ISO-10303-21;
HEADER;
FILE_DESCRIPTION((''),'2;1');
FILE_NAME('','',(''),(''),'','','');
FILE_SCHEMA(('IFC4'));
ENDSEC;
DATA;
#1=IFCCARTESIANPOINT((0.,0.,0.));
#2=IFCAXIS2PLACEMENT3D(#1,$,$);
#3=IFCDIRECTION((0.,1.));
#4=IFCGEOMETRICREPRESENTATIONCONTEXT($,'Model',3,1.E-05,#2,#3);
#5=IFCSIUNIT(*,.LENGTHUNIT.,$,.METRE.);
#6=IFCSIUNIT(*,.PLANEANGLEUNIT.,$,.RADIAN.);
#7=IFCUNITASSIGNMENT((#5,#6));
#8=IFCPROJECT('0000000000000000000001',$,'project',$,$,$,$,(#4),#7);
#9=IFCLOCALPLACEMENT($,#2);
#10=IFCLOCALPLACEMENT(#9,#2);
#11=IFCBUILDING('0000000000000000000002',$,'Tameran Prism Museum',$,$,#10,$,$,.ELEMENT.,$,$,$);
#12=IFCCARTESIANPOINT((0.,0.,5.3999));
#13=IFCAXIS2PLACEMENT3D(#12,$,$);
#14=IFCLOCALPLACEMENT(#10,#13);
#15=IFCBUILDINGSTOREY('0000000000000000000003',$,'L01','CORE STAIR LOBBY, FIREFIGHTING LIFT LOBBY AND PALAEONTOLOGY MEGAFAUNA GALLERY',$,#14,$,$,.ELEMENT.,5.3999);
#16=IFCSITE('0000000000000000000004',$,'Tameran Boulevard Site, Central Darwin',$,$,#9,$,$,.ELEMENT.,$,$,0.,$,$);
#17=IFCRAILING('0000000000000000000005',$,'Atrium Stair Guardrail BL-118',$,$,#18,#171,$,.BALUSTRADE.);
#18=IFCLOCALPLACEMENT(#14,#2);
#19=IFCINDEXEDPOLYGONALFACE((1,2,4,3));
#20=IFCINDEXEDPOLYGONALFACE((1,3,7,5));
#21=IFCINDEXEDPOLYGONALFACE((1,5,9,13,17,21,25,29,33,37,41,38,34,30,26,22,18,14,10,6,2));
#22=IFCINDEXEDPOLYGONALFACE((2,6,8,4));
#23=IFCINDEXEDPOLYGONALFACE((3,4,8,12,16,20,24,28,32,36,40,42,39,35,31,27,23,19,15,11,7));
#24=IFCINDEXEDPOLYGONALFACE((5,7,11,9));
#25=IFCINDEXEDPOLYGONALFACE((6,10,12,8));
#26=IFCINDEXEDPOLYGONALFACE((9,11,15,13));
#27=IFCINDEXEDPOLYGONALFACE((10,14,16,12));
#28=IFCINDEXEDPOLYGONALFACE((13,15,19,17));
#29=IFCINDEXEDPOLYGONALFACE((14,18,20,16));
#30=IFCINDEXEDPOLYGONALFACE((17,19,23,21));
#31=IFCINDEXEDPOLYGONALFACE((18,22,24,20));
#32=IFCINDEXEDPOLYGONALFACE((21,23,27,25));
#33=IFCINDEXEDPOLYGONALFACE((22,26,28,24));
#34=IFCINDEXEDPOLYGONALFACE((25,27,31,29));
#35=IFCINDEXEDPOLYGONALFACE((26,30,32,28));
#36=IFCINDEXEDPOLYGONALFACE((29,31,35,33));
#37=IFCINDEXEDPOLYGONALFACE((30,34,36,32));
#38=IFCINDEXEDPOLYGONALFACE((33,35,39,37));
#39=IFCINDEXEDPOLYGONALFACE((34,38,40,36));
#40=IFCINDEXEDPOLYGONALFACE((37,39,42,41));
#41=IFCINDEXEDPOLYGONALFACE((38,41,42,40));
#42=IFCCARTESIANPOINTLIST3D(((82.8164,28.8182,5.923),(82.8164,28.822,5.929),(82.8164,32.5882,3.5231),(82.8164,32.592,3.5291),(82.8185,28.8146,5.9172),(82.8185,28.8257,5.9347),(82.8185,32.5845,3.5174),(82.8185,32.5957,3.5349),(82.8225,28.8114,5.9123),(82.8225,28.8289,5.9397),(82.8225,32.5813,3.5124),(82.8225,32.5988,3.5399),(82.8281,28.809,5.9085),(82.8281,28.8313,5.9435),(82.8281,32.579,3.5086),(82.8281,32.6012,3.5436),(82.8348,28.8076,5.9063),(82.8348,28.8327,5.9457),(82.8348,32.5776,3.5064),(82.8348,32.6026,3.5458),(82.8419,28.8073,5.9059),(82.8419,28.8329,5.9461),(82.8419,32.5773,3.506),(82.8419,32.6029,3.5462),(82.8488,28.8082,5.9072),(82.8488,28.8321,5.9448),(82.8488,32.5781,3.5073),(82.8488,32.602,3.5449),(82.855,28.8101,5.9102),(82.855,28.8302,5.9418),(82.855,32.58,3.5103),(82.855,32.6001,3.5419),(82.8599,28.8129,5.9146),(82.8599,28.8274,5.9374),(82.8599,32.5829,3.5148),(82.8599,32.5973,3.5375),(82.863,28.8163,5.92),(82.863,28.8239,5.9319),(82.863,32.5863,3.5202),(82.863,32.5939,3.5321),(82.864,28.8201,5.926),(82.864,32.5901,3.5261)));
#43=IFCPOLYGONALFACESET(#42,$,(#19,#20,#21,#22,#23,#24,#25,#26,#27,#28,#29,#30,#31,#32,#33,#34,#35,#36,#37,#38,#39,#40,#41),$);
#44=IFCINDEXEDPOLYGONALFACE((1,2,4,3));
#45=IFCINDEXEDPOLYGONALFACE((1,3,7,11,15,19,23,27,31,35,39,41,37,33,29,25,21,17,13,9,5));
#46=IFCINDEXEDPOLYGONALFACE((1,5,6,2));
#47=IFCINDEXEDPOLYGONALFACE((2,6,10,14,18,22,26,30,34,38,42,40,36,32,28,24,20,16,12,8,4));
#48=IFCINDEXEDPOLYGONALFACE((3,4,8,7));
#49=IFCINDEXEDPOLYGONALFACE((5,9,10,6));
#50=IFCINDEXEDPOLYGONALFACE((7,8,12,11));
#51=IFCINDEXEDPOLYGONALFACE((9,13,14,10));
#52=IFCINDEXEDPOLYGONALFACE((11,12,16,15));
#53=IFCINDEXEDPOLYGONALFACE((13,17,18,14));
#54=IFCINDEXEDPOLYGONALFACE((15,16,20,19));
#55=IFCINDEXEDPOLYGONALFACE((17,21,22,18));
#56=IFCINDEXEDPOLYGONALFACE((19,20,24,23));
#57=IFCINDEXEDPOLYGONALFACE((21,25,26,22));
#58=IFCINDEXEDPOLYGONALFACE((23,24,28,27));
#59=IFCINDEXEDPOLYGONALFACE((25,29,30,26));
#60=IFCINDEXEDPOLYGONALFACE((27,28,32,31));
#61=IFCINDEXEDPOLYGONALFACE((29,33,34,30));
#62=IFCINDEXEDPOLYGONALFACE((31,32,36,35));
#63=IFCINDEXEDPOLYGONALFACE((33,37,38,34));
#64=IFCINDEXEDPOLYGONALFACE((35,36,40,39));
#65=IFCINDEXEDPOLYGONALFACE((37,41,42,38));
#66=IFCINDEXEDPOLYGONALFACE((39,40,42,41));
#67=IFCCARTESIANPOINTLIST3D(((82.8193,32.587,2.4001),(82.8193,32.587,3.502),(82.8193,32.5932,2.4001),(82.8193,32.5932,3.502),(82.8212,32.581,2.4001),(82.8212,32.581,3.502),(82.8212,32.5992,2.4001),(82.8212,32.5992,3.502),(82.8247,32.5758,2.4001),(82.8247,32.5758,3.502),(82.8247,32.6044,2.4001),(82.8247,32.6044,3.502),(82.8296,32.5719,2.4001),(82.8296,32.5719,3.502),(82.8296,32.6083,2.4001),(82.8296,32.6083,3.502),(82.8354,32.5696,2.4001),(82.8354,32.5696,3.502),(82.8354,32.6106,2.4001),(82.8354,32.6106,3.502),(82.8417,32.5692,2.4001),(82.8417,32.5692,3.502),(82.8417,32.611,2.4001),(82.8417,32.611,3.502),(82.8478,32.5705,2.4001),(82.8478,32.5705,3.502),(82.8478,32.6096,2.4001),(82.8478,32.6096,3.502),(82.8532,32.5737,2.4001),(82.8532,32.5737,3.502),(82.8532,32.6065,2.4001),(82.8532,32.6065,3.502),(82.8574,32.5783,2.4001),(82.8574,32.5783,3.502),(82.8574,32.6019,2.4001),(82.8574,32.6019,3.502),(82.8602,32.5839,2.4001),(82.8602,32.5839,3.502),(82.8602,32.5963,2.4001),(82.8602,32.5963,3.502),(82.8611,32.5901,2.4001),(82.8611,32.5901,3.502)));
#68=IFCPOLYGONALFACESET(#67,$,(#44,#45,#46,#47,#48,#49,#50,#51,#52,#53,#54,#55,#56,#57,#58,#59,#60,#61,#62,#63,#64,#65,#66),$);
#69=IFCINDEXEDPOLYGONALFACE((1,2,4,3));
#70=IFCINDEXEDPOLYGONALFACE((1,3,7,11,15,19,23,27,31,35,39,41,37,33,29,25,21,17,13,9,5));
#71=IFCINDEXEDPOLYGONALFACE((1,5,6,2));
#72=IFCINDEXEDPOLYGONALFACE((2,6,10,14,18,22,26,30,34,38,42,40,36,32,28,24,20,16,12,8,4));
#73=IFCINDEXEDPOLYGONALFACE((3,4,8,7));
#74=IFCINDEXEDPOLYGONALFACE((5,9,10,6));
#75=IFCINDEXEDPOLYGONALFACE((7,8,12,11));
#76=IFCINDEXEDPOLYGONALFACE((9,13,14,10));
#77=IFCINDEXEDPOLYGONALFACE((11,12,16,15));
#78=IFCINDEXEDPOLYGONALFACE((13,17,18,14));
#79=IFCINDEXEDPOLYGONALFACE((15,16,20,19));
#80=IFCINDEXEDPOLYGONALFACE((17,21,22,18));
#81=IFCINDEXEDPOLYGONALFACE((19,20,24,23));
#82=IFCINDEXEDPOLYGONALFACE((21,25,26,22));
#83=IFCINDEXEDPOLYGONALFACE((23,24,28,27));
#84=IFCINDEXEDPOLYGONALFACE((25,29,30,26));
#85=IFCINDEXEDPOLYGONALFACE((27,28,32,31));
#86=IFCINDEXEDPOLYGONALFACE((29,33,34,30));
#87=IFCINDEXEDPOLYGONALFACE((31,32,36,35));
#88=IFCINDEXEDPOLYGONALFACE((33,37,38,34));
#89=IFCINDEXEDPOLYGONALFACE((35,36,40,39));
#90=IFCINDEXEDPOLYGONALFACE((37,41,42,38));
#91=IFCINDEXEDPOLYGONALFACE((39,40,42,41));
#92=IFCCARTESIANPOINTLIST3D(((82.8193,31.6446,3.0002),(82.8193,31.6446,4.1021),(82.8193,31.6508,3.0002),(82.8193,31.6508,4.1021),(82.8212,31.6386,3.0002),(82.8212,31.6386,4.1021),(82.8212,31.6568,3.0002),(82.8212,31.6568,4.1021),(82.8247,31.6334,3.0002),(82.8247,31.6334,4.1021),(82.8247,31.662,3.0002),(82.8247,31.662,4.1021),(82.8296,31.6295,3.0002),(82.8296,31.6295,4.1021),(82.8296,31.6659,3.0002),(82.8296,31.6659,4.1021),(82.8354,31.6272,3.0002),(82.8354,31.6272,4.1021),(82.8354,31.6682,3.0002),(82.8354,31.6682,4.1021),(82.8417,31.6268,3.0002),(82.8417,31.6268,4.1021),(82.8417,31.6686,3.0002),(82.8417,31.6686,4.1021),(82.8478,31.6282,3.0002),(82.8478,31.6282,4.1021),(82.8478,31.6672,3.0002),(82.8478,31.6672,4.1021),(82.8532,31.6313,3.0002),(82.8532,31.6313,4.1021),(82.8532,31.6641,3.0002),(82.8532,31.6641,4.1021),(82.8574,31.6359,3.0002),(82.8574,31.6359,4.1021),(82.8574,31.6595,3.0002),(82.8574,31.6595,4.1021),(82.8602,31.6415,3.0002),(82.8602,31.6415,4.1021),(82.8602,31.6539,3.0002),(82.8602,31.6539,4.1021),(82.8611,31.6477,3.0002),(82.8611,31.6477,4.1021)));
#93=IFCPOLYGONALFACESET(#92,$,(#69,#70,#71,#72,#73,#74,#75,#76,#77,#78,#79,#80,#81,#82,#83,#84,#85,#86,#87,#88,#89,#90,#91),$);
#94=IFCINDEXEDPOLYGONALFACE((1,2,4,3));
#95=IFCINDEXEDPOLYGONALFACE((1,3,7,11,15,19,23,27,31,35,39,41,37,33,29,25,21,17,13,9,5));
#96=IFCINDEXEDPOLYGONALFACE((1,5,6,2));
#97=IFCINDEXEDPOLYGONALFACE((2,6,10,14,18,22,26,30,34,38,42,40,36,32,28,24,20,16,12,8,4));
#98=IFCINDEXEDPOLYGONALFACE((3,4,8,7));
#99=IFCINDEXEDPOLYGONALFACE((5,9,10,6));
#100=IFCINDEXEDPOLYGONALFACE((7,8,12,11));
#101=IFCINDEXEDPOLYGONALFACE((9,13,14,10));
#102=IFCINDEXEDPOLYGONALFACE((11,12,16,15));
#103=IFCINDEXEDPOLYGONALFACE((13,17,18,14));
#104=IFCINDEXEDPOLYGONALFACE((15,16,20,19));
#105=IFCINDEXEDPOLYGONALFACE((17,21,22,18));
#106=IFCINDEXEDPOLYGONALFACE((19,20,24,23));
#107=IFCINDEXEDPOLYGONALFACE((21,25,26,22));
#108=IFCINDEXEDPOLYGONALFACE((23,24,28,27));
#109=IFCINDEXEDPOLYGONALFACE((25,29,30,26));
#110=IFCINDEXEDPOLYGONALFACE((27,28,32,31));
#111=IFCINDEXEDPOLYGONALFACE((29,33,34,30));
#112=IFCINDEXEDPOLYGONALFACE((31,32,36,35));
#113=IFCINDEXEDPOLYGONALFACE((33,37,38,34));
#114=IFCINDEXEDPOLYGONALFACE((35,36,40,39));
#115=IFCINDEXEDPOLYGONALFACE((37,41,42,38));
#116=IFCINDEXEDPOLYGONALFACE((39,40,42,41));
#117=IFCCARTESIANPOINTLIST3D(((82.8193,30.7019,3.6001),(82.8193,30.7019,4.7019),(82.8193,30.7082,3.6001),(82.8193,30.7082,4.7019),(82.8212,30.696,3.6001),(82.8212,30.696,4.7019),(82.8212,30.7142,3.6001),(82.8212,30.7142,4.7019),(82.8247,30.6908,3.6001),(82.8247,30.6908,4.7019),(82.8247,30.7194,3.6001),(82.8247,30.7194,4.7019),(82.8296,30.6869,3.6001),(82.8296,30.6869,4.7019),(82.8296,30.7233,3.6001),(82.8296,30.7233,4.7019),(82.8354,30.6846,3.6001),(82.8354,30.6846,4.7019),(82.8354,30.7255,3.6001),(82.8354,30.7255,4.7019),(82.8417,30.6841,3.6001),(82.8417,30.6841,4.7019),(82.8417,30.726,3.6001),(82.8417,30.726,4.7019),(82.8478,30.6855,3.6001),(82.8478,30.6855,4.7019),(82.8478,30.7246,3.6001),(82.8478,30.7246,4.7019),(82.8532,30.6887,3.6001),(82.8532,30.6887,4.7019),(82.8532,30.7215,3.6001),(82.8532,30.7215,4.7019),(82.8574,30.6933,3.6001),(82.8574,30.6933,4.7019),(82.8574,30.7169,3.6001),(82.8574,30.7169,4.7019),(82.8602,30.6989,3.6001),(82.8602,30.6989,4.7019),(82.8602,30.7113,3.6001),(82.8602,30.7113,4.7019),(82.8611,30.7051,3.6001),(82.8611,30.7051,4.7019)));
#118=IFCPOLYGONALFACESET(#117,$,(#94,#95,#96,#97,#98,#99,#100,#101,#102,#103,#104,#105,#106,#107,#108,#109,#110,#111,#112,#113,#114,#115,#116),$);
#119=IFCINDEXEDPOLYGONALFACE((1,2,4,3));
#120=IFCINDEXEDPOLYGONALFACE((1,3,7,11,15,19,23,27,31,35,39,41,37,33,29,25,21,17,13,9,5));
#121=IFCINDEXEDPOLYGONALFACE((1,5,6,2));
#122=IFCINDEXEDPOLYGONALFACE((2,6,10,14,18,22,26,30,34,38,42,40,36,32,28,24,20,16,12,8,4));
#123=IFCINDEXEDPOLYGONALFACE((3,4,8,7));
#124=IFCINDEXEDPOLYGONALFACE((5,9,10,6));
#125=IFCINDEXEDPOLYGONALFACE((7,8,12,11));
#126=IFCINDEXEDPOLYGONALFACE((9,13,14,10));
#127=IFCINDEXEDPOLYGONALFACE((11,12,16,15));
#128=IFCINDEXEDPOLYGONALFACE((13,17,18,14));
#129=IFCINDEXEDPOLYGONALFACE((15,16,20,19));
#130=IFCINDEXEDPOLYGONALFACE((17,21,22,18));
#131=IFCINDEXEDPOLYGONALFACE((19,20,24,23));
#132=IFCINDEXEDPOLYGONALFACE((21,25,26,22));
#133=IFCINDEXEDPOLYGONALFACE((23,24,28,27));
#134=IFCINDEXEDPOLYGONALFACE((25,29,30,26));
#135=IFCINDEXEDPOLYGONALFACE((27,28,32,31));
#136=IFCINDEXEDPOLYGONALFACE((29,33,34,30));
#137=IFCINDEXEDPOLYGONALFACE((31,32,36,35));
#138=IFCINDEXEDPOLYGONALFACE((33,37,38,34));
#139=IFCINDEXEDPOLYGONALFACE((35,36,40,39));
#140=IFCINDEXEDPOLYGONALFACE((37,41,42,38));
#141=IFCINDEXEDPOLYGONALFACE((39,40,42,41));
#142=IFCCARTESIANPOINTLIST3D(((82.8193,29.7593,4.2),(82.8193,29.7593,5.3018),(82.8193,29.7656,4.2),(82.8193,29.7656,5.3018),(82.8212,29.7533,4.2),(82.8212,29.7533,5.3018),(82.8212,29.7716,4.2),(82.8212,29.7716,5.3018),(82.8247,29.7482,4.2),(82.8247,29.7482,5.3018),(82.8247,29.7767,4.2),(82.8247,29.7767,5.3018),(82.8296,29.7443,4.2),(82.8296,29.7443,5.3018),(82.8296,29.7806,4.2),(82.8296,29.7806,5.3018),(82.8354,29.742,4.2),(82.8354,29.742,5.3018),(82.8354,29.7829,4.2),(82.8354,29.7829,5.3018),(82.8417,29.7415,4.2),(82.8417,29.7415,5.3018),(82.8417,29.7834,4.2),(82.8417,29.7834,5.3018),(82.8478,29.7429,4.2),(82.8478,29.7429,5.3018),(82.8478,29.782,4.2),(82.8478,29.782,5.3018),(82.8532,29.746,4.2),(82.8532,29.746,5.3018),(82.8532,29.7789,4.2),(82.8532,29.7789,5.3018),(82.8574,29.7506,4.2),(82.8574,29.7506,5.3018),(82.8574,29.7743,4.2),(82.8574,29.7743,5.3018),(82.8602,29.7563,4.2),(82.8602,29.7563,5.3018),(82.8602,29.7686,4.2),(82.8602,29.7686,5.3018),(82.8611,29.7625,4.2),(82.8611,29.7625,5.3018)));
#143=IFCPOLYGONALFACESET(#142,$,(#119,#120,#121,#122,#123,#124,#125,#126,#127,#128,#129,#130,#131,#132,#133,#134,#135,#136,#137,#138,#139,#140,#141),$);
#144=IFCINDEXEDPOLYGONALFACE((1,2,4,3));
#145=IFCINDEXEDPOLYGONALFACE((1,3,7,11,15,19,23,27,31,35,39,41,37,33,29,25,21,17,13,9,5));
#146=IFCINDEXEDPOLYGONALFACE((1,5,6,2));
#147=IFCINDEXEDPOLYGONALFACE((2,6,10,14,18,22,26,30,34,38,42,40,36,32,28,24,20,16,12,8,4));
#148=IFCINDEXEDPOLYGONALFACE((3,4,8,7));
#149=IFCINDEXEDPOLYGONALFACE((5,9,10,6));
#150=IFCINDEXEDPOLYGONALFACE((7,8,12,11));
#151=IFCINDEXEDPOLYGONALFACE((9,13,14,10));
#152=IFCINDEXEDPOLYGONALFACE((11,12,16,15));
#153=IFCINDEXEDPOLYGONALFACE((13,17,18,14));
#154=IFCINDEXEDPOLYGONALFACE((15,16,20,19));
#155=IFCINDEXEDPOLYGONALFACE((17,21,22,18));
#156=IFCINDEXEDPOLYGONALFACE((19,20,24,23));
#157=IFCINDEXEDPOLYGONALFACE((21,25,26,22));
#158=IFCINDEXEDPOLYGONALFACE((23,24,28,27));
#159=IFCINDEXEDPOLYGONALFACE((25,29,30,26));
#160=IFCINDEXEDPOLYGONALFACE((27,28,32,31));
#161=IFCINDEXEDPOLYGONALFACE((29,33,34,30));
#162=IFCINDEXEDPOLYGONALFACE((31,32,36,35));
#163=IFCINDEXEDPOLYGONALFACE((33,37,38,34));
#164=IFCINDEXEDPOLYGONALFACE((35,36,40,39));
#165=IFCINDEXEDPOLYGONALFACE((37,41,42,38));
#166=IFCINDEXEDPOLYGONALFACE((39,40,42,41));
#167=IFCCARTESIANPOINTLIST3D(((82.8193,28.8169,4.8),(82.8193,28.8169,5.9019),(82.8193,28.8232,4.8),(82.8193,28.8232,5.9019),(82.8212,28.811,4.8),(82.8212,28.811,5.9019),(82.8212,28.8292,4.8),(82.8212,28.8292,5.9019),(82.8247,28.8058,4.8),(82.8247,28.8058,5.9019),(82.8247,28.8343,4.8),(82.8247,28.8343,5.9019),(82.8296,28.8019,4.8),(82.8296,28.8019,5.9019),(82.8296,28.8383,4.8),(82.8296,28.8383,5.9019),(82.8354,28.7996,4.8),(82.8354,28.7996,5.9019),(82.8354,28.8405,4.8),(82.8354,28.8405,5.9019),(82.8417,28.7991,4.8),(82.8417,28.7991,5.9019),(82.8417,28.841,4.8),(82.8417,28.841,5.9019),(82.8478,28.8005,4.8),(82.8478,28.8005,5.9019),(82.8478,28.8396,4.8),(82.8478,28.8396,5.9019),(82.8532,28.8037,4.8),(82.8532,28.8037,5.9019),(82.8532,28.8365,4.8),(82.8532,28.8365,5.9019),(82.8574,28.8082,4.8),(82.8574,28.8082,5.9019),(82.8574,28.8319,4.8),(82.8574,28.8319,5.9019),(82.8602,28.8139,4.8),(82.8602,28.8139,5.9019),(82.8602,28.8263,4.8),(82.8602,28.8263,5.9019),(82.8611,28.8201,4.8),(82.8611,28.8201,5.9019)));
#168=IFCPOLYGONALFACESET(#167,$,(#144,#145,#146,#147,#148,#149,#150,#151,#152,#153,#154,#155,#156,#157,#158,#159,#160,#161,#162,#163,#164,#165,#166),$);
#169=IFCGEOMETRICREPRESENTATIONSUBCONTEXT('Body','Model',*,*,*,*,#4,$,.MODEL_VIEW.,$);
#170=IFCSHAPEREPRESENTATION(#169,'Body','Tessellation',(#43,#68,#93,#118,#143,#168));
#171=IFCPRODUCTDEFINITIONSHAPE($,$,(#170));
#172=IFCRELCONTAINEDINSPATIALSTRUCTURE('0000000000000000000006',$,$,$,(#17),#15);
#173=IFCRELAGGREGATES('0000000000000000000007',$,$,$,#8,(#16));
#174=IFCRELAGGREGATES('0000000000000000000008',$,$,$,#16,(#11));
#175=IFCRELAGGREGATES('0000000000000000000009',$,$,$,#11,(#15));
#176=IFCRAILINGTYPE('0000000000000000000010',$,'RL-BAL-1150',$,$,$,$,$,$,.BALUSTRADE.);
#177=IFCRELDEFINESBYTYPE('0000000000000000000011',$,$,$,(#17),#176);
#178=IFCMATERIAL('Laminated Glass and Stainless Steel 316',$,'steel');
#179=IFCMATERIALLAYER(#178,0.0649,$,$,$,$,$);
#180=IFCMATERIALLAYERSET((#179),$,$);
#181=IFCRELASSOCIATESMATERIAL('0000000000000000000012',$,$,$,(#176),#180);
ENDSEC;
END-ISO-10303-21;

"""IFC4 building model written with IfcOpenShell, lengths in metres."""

from ifc_helpers import new_model, si_unit, direction, frame, origin, origin_2d, place, context, subcontext, project, spatial, circle, extrude, material, layer, layer_set, type_object, element, save


model = new_model("IFC4")

# Units and contexts
model_context = context("Model", 3, precision=1e-05, world=origin(), true_north=direction((0.0, 1.0)))
body_context = subcontext(model_context, "Body", "Model", "MODEL_VIEW")
ifc_project = project(units=[si_unit("LENGTHUNIT", "METRE"), si_unit("PLANEANGLEUNIT", "RADIAN")], contexts=[model_context])

# Site, building, storey
site_placement = place(None, origin())
site = spatial("IfcSite", under=ifc_project, at=site_placement, Name="Tameran Boulevard Site, Central Darwin", CompositionType="ELEMENT", RefElevation=0.0)
building_placement = place(site_placement, origin())
building = spatial("IfcBuilding", under=site, at=building_placement, Name="Tameran Prism Museum", CompositionType="ELEMENT")
storey_placement = place(building_placement, frame((0.0, 0.0, 5.3999)))
storey = spatial("IfcBuildingStorey", under=building, at=storey_placement, Name="L01", Description="CORE STAIR LOBBY, FIREFIGHTING LIFT LOBBY AND PALAEONTOLOGY MEGAFAUNA GALLERY", CompositionType="ELEMENT", Elevation=5.3999)

# Railing
ifc_material_1 = material(Name="Laminated Glass and Stainless Steel 316", Category="steel")
ifc_layer_1 = layer(ifc_material_1, 0.0649)
ifc_layer_set_1 = layer_set([ifc_layer_1])
railing_type = type_object("IfcRailingType", Name="RL-BAL-1150", PredefinedType="BALUSTRADE", material=ifc_layer_set_1)
railing_1_placement = place(storey_placement, frame((82.8401, 32.5901, 2.4001)))
element("IfcRailing", 1, at=railing_1_placement, inside=storey, type_object=railing_type, Name="Atrium Stair Guardrail BL-118", PredefinedType="BALUSTRADE", context=body_context, shape_type="SweptSolid", body=[
    extrude(circle(Radius=0.0239, at=origin_2d()), frame((0.0, 0.0, 1.126), z_axis=(0.0, -0.84358, 0.537003), x_axis=(1.0, 0.0, 0.0)), (0.0, 0.0, 1.0), 4.469),
    extrude(circle(Radius=0.021, at=origin_2d()), origin(), (0.0, 0.0, 1.0), 1.1018),
    extrude(circle(Radius=0.021, at=origin_2d()), frame((0.0, -0.9424, 0.6001)), (0.0, 0.0, 1.0), 1.1018),
    extrude(circle(Radius=0.021, at=origin_2d()), frame((0.0, -1.885, 1.2)), (0.0, 0.0, 1.0), 1.1018),
    extrude(circle(Radius=0.021, at=origin_2d()), frame((0.0, -2.8276, 1.7998)), (0.0, 0.0, 1.0), 1.1018),
    extrude(circle(Radius=0.021, at=origin_2d()), frame((0.0, -3.77, 2.3999)), (0.0, 0.0, 1.0), 1.1018),
])

save(model, "model.ifc")
